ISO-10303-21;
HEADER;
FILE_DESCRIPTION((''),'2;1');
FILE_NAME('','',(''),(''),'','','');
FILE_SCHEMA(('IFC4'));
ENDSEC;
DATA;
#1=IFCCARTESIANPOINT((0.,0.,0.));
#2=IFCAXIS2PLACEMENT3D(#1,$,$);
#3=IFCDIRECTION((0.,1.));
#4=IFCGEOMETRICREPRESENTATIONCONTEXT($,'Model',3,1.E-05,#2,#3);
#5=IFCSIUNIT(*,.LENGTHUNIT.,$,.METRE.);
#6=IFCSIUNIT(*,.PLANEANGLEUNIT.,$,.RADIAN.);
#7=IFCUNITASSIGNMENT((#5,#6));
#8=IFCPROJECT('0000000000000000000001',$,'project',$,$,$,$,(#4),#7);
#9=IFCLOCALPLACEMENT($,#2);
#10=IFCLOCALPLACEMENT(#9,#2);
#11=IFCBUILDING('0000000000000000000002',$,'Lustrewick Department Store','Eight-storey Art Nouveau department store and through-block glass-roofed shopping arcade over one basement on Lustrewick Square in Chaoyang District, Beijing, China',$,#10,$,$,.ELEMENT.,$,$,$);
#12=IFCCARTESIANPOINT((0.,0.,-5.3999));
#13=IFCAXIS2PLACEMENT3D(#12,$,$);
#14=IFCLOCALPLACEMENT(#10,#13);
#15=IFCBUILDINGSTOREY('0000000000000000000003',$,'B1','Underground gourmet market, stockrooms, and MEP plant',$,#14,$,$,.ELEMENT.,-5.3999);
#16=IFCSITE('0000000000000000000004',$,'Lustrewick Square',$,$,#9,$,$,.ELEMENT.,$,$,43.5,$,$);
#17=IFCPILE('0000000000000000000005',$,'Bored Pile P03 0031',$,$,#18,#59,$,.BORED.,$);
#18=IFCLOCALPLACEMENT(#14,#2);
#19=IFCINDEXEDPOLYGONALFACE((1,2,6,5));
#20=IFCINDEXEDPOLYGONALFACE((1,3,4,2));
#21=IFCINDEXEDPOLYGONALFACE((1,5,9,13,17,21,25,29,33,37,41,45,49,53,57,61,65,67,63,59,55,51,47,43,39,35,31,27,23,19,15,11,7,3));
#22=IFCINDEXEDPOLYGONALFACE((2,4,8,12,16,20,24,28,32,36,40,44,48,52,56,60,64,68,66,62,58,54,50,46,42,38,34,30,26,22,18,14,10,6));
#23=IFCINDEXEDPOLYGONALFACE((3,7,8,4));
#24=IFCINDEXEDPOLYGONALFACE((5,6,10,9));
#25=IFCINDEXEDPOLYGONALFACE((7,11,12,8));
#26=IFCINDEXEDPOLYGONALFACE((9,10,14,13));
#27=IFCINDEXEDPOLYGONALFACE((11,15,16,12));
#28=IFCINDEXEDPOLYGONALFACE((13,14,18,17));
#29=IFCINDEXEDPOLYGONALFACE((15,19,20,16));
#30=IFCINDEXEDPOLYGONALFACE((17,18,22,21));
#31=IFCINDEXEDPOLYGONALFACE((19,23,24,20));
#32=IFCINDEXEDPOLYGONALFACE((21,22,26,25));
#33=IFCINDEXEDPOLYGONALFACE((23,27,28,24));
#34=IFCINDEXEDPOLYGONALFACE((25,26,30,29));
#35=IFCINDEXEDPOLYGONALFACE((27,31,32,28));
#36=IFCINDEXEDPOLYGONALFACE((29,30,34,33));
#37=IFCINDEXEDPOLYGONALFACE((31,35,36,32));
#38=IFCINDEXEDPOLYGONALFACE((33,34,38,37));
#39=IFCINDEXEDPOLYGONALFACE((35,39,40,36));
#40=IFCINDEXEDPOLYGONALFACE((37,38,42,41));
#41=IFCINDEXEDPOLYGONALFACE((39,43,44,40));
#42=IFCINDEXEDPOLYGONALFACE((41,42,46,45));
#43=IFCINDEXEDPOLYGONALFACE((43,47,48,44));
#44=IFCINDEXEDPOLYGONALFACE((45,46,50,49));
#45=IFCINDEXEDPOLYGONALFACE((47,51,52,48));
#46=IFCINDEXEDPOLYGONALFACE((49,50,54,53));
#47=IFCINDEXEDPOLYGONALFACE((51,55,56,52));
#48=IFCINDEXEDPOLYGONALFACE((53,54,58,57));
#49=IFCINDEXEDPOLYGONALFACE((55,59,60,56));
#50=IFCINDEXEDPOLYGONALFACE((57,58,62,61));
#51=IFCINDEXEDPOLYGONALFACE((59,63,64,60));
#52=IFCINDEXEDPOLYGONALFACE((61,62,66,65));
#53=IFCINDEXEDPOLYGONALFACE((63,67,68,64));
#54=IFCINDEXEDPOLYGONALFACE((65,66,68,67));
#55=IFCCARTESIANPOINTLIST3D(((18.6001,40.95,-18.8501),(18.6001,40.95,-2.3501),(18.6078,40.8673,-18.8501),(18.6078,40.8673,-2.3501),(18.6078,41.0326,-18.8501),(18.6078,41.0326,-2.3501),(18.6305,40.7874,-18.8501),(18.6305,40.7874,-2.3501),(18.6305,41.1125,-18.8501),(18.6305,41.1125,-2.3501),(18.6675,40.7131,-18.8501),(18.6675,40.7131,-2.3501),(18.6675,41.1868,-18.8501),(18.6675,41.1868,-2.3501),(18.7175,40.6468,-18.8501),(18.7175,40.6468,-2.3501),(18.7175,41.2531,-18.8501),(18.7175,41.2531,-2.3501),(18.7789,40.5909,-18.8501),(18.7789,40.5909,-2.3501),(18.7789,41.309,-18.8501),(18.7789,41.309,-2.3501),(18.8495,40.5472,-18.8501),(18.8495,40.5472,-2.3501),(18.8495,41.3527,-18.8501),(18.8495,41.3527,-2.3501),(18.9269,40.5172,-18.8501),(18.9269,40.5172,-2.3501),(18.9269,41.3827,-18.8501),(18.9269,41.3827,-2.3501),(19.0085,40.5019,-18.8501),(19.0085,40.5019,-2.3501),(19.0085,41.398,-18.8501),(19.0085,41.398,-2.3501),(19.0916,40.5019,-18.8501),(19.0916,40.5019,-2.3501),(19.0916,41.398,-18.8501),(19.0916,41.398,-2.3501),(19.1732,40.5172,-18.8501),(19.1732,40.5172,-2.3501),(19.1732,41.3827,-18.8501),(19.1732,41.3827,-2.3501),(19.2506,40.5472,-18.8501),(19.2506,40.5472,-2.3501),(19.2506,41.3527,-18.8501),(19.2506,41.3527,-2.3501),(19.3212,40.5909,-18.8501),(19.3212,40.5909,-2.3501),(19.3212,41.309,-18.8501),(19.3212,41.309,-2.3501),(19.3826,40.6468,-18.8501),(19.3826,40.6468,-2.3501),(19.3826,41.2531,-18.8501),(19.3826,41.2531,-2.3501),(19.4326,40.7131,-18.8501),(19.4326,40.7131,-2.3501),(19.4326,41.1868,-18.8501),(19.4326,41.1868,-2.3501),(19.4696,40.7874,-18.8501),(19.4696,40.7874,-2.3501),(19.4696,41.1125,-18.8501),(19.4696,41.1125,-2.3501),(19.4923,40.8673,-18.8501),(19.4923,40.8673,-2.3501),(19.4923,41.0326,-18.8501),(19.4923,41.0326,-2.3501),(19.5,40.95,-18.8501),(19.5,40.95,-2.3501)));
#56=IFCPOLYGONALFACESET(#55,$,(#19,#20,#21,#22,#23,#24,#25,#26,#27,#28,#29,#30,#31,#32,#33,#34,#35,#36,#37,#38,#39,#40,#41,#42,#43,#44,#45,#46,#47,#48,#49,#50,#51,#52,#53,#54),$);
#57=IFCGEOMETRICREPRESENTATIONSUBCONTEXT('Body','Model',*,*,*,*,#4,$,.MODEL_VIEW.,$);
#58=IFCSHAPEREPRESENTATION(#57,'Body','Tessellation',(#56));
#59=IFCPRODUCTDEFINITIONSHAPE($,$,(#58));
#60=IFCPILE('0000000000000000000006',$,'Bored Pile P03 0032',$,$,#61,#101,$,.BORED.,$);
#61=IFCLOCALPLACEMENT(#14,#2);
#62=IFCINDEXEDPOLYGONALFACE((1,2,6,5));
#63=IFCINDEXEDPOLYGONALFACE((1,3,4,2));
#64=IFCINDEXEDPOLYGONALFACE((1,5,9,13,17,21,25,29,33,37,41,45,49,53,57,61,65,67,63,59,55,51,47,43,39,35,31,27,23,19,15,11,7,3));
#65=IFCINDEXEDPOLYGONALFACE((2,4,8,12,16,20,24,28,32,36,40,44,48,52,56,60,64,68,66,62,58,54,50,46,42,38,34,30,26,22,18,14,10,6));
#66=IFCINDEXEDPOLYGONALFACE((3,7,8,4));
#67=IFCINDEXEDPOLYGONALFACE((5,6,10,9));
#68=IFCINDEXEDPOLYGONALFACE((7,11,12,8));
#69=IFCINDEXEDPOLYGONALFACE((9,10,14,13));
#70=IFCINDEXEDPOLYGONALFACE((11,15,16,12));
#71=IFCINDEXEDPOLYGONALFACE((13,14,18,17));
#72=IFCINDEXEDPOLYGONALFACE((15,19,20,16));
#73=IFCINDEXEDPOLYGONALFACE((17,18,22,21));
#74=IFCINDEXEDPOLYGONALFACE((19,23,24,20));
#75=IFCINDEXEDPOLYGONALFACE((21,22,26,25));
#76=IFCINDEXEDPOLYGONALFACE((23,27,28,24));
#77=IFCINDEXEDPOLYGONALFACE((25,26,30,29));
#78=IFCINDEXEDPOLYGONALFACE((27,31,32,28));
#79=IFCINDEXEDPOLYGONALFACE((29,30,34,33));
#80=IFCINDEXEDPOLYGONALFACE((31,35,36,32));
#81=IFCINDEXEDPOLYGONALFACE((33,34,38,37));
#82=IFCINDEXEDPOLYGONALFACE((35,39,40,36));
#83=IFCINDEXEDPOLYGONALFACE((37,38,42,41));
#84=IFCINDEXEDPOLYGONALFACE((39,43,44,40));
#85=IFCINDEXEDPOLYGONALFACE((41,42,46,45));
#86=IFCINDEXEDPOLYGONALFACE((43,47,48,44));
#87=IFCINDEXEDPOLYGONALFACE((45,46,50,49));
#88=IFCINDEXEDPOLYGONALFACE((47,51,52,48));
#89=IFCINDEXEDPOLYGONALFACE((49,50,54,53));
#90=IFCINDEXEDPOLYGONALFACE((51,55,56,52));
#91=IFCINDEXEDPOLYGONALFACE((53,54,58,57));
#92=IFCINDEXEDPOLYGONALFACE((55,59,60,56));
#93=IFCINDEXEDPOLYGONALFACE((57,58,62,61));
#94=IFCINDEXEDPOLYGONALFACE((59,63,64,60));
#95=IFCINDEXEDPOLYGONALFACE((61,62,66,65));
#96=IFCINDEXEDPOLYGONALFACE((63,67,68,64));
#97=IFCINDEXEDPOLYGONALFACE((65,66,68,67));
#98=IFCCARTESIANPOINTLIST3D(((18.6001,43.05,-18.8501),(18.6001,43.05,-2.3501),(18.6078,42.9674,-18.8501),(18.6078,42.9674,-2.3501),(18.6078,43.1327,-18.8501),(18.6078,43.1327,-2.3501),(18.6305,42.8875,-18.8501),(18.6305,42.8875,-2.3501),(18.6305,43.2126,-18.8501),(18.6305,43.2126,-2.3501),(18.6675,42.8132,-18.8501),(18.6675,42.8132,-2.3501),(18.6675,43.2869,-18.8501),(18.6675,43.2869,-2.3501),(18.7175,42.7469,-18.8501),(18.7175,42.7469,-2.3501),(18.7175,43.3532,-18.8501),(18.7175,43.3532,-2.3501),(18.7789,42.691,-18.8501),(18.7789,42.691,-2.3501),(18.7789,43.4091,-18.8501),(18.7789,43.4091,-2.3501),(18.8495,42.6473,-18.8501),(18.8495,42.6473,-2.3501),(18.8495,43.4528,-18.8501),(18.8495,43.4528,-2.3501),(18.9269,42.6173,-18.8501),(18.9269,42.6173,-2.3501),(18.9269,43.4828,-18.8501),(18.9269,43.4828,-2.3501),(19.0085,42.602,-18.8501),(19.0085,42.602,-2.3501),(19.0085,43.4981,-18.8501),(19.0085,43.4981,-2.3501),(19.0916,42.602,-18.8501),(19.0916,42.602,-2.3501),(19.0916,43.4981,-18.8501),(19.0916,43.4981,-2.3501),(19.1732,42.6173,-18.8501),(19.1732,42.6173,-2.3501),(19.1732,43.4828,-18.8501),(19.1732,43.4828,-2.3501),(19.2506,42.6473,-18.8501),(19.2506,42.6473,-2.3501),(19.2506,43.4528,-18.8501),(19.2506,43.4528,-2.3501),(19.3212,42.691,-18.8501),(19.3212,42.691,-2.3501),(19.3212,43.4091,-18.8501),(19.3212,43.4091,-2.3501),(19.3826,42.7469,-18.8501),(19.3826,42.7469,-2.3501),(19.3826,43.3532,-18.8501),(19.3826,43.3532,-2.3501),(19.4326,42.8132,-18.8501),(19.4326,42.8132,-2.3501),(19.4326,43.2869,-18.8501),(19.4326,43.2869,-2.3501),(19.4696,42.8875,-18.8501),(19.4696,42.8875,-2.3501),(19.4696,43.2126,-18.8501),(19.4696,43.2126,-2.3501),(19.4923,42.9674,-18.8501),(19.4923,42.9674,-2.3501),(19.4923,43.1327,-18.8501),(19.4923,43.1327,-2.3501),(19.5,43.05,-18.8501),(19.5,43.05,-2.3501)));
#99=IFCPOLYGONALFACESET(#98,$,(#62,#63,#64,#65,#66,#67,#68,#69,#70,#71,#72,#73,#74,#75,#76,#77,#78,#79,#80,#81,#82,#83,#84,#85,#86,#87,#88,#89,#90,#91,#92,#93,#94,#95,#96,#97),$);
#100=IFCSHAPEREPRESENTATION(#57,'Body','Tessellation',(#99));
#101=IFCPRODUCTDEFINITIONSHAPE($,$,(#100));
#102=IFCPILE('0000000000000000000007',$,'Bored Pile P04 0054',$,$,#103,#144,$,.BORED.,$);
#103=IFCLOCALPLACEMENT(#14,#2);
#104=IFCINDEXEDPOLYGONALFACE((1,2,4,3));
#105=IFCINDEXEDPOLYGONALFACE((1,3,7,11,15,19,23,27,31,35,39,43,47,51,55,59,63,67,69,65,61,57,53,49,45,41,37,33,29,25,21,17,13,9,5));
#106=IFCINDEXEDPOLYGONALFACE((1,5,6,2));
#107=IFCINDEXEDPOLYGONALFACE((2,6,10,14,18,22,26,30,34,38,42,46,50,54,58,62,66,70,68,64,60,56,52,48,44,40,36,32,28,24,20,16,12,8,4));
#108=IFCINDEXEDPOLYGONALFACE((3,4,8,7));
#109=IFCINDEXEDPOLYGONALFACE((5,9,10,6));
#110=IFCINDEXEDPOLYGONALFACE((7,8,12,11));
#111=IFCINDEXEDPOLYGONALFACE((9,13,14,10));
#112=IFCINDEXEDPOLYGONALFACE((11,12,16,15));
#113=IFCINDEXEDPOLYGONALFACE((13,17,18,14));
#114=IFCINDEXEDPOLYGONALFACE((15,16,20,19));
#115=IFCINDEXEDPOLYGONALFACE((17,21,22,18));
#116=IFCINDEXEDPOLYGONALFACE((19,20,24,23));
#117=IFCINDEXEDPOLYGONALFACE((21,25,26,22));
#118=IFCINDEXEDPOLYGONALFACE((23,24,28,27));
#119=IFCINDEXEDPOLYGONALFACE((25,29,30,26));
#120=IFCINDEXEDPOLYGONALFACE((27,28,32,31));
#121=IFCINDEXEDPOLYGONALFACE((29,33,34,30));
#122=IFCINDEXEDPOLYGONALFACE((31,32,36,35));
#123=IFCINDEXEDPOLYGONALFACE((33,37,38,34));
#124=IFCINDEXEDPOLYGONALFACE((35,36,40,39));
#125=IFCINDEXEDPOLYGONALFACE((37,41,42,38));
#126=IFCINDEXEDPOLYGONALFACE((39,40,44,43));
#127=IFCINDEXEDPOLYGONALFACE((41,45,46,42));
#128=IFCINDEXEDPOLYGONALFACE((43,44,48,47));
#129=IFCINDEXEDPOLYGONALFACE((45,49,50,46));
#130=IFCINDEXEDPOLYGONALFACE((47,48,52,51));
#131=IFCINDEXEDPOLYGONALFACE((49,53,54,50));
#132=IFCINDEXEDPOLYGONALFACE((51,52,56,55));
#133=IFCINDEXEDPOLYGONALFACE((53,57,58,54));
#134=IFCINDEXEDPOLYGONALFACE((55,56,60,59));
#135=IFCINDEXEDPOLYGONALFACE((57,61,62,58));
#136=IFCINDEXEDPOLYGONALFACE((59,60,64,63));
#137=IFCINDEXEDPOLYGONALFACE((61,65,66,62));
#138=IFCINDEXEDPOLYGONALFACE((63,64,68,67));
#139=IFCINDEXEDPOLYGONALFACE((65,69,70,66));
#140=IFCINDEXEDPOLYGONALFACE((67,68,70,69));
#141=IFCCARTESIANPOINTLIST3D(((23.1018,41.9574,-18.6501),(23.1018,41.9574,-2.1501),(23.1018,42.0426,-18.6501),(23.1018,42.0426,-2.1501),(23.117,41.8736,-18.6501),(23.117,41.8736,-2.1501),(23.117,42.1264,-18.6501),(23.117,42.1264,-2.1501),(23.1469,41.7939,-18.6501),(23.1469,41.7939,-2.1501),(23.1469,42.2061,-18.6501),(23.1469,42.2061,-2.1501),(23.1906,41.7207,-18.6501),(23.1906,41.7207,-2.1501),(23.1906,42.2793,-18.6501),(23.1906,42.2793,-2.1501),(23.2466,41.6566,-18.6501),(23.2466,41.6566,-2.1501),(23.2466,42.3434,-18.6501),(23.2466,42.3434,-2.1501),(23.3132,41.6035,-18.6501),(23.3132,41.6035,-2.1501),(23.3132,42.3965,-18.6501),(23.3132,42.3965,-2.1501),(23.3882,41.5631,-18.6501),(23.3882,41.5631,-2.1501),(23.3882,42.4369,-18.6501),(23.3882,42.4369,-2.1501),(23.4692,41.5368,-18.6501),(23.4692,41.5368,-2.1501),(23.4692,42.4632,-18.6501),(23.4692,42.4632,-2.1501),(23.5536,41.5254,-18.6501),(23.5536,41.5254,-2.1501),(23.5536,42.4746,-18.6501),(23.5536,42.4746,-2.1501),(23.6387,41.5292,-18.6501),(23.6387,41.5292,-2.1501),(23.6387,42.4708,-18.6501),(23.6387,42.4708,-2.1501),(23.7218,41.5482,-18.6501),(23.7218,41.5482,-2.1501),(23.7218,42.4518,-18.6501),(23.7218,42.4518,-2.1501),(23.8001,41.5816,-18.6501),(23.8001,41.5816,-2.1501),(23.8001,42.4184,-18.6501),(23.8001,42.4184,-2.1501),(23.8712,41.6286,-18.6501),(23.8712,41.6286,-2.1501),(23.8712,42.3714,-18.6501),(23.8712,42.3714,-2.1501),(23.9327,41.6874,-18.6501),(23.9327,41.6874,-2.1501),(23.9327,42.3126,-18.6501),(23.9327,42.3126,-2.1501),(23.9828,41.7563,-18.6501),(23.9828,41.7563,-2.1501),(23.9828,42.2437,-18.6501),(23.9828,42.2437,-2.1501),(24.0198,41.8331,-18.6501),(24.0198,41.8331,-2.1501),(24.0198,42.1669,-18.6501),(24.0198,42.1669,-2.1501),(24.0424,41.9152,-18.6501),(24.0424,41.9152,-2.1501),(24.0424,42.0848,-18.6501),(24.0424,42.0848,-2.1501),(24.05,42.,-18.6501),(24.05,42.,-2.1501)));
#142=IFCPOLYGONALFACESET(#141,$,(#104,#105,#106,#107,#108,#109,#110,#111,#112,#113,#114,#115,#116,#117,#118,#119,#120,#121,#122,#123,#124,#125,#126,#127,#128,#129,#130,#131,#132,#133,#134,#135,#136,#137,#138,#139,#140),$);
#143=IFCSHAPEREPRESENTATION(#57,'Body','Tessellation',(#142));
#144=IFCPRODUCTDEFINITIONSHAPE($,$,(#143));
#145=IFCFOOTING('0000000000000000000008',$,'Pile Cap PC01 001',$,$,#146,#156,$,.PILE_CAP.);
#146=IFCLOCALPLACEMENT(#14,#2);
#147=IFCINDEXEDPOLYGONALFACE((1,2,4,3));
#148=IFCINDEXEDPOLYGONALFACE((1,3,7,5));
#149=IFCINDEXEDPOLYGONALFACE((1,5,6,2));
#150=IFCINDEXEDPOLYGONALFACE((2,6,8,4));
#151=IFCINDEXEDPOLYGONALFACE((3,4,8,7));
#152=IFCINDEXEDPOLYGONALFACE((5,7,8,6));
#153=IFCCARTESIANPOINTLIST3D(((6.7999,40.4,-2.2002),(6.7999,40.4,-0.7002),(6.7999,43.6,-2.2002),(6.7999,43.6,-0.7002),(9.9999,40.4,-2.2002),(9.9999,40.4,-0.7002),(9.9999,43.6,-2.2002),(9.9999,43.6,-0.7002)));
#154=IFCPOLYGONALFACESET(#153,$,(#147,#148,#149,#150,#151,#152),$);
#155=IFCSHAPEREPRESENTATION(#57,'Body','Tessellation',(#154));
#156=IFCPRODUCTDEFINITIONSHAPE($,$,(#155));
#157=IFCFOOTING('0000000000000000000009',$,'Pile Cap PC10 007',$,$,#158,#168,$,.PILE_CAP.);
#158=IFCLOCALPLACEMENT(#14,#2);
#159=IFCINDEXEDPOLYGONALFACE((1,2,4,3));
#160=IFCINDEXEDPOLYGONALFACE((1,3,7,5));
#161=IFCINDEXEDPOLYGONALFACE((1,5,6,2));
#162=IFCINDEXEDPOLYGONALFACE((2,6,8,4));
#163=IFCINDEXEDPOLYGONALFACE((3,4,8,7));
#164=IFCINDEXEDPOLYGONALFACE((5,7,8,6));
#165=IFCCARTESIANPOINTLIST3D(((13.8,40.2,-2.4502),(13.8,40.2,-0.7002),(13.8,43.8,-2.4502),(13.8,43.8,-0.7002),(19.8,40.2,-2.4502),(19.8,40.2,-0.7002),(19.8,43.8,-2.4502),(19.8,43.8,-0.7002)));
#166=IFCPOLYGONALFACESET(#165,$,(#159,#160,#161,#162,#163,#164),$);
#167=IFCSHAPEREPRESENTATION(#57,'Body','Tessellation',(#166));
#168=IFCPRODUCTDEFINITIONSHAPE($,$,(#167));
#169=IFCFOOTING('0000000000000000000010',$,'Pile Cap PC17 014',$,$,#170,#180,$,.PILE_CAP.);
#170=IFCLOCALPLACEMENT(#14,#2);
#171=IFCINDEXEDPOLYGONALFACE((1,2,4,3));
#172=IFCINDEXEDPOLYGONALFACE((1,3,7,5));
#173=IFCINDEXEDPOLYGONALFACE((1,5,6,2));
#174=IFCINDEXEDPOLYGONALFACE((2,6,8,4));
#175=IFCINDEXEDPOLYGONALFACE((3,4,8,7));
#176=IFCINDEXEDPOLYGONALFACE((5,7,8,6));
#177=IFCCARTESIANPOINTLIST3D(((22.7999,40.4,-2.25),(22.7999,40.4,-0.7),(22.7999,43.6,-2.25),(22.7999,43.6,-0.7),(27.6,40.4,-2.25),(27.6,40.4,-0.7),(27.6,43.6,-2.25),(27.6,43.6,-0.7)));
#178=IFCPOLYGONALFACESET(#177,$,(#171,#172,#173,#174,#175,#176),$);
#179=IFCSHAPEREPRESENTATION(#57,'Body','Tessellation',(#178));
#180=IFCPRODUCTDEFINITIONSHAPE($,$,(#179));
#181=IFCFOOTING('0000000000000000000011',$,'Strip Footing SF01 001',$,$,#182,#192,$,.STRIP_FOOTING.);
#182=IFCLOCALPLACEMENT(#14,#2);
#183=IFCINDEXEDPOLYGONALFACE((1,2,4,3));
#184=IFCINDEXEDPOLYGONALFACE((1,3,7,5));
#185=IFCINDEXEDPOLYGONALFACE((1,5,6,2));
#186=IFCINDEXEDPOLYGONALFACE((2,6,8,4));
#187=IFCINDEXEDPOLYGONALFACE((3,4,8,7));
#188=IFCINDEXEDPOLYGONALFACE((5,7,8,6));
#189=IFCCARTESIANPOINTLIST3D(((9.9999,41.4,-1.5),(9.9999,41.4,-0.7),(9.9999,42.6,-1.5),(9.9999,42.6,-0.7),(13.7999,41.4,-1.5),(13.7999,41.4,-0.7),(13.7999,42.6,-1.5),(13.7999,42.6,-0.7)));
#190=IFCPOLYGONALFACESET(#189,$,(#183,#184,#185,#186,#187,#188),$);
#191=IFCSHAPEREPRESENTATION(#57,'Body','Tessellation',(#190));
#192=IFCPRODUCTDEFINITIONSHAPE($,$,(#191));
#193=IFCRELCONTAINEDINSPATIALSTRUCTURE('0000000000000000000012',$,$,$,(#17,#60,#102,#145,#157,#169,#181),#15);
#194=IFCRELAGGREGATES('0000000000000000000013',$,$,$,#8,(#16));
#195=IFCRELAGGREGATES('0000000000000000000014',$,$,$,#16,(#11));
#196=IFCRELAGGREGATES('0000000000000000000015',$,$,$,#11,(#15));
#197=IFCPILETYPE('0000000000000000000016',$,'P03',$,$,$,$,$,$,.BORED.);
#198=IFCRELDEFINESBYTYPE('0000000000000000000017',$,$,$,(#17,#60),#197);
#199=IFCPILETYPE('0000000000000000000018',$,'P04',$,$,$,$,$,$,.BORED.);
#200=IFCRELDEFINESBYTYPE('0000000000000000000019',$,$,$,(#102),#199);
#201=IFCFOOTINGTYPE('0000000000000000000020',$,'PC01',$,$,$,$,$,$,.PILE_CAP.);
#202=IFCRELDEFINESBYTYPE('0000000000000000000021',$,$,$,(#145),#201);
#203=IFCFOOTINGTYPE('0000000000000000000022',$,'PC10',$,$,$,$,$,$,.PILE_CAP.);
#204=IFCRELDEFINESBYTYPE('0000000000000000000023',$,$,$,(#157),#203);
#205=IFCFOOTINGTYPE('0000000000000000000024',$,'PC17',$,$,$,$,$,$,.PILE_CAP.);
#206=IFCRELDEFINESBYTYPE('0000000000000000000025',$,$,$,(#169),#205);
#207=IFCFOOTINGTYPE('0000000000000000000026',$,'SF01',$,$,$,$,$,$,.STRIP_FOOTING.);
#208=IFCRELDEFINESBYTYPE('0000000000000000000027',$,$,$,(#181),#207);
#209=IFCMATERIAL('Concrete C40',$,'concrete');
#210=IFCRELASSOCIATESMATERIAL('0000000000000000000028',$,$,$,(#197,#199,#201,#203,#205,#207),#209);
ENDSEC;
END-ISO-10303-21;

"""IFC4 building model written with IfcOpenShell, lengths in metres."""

from ifc_helpers import new_model, si_unit, direction, frame, origin, origin_2d, place, context, subcontext, project, spatial, rectangle, circle, extrude, material, material_profile, profile_set, type_object, element, save


model = new_model("IFC4")

# Units and contexts
model_context = context("Model", 3, precision=1e-05, world=origin(), true_north=direction((0.0, 1.0)))
body_context = subcontext(model_context, "Body", "Model", "MODEL_VIEW")
ifc_project = project(units=[si_unit("LENGTHUNIT", "METRE"), si_unit("PLANEANGLEUNIT", "RADIAN")], contexts=[model_context])

# Site, building, storey
site_placement = place(None, origin())
site = spatial("IfcSite", under=ifc_project, at=site_placement, Name="Lustrewick Square", CompositionType="ELEMENT", RefElevation=43.5)
building_placement = place(site_placement, origin())
building = spatial("IfcBuilding", under=site, at=building_placement, Name="Lustrewick Department Store", Description="Eight-storey Art Nouveau department store and through-block glass-roofed shopping arcade over one basement on Lustrewick Square in Chaoyang District, Beijing, China", CompositionType="ELEMENT")
storey_placement = place(building_placement, frame((0.0, 0.0, -5.3999)))
storey = spatial("IfcBuildingStorey", under=building, at=storey_placement, Name="B1", Description="Underground gourmet market, stockrooms, and MEP plant", CompositionType="ELEMENT", Elevation=-5.3999)

# Piles
ifc_material_1 = material(Name="Concrete C40", Category="concrete")
ifc_material_profile_1 = material_profile(ifc_material_1, circle(Radius=0.45, at=origin_2d()), Name="PILE D900")
ifc_profile_set_1 = profile_set([ifc_material_profile_1], Name="Concrete C40")
pile_type_1 = type_object("IfcPileType", Name="P03", PredefinedType="BORED", material=ifc_profile_set_1)
for number, where, z_axis, x_axis, name in (
    (1, (19.05, 40.95, -2.3501), (0.0, 0.0, -1.0), (1.0, 0.0, 0.0), "Bored Pile P03 0031"),
    (2, (19.05, 43.05, -2.3501), (0.0, 0.0, -1.0), (1.0, 0.0, 0.0), "Bored Pile P03 0032"),
):
    element("IfcPile", number, at=place(storey_placement, frame(where, z_axis=z_axis, x_axis=x_axis)), inside=storey, type_object=pile_type_1, Name=name, PredefinedType="BORED", context=body_context, shape_type="SweptSolid", body=[
        extrude(circle(Radius=0.45, at=origin_2d()), origin(), (0.0, 0.0, 1.0), 16.5),
    ])
ifc_material_profile_2 = material_profile(ifc_material_1, circle(Radius=0.4751, at=origin_2d()), Name="PILE D950")
ifc_profile_set_2 = profile_set([ifc_material_profile_2], Name="Concrete C40")
pile_type_2 = type_object("IfcPileType", Name="P04", PredefinedType="BORED", material=ifc_profile_set_2)
pile_placement = place(storey_placement, frame((23.575, 42.0, -2.1501), z_axis=(0.0, 0.0, -1.0), x_axis=(1.0, 0.0, 0.0)))
element("IfcPile", 3, at=pile_placement, inside=storey, type_object=pile_type_2, Name="Bored Pile P04 0054", PredefinedType="BORED", context=body_context, shape_type="SweptSolid", body=[
    extrude(circle(Radius=0.4751, at=origin_2d()), origin(), (0.0, 0.0, 1.0), 16.5),
])

# Footings
footing_type_1 = type_object("IfcFootingType", Name="PC01", PredefinedType="PILE_CAP", material=ifc_material_1)
footing_1_placement = place(storey_placement, frame((8.3999, 42.0, -2.2002), z_axis=(0.0, 0.0, 1.0), x_axis=(1.0, 0.0, 0.0)))
element("IfcFooting", 4, at=footing_1_placement, inside=storey, type_object=footing_type_1, Name="Pile Cap PC01 001", PredefinedType="PILE_CAP", context=body_context, shape_type="SweptSolid", body=[
    extrude(rectangle(XDim=3.2, YDim=3.2, at=origin_2d()), origin(), (0.0, 0.0, 1.0), 1.5),
])
footing_type_2 = type_object("IfcFootingType", Name="PC10", PredefinedType="PILE_CAP", material=ifc_material_1)
footing_2_placement = place(storey_placement, frame((16.8, 42.0, -2.4502), z_axis=(0.0, 0.0, 1.0), x_axis=(1.0, 0.0, 0.0)))
element("IfcFooting", 5, at=footing_2_placement, inside=storey, type_object=footing_type_2, Name="Pile Cap PC10 007", PredefinedType="PILE_CAP", context=body_context, shape_type="SweptSolid", body=[
    extrude(rectangle(XDim=6.0, YDim=3.6001, at=origin_2d()), origin(), (0.0, 0.0, 1.0), 1.75),
])
footing_type_3 = type_object("IfcFootingType", Name="PC17", PredefinedType="PILE_CAP", material=ifc_material_1)
footing_3_placement = place(storey_placement, frame((25.2, 42.0, -2.25), z_axis=(0.0, 0.0, 1.0), x_axis=(1.0, 0.0, 0.0)))
element("IfcFooting", 6, at=footing_3_placement, inside=storey, type_object=footing_type_3, Name="Pile Cap PC17 014", PredefinedType="PILE_CAP", context=body_context, shape_type="SweptSolid", body=[
    extrude(rectangle(XDim=4.8, YDim=3.2, at=origin_2d()), origin(), (0.0, 0.0, 1.0), 1.55),
])
footing_type_4 = type_object("IfcFootingType", Name="SF01", PredefinedType="STRIP_FOOTING", material=ifc_material_1)
footing_4_placement = place(storey_placement, frame((11.8999, 42.0, -1.5), z_axis=(0.0, 0.0, 1.0), x_axis=(1.0, 0.0, 0.0)))
element("IfcFooting", 7, at=footing_4_placement, inside=storey, type_object=footing_type_4, Name="Strip Footing SF01 001", PredefinedType="STRIP_FOOTING", context=body_context, shape_type="SweptSolid", body=[
    extrude(rectangle(XDim=3.8, YDim=1.2, at=origin_2d()), origin(), (0.0, 0.0, 1.0), 0.8),
])

save(model, "model.ifc")
